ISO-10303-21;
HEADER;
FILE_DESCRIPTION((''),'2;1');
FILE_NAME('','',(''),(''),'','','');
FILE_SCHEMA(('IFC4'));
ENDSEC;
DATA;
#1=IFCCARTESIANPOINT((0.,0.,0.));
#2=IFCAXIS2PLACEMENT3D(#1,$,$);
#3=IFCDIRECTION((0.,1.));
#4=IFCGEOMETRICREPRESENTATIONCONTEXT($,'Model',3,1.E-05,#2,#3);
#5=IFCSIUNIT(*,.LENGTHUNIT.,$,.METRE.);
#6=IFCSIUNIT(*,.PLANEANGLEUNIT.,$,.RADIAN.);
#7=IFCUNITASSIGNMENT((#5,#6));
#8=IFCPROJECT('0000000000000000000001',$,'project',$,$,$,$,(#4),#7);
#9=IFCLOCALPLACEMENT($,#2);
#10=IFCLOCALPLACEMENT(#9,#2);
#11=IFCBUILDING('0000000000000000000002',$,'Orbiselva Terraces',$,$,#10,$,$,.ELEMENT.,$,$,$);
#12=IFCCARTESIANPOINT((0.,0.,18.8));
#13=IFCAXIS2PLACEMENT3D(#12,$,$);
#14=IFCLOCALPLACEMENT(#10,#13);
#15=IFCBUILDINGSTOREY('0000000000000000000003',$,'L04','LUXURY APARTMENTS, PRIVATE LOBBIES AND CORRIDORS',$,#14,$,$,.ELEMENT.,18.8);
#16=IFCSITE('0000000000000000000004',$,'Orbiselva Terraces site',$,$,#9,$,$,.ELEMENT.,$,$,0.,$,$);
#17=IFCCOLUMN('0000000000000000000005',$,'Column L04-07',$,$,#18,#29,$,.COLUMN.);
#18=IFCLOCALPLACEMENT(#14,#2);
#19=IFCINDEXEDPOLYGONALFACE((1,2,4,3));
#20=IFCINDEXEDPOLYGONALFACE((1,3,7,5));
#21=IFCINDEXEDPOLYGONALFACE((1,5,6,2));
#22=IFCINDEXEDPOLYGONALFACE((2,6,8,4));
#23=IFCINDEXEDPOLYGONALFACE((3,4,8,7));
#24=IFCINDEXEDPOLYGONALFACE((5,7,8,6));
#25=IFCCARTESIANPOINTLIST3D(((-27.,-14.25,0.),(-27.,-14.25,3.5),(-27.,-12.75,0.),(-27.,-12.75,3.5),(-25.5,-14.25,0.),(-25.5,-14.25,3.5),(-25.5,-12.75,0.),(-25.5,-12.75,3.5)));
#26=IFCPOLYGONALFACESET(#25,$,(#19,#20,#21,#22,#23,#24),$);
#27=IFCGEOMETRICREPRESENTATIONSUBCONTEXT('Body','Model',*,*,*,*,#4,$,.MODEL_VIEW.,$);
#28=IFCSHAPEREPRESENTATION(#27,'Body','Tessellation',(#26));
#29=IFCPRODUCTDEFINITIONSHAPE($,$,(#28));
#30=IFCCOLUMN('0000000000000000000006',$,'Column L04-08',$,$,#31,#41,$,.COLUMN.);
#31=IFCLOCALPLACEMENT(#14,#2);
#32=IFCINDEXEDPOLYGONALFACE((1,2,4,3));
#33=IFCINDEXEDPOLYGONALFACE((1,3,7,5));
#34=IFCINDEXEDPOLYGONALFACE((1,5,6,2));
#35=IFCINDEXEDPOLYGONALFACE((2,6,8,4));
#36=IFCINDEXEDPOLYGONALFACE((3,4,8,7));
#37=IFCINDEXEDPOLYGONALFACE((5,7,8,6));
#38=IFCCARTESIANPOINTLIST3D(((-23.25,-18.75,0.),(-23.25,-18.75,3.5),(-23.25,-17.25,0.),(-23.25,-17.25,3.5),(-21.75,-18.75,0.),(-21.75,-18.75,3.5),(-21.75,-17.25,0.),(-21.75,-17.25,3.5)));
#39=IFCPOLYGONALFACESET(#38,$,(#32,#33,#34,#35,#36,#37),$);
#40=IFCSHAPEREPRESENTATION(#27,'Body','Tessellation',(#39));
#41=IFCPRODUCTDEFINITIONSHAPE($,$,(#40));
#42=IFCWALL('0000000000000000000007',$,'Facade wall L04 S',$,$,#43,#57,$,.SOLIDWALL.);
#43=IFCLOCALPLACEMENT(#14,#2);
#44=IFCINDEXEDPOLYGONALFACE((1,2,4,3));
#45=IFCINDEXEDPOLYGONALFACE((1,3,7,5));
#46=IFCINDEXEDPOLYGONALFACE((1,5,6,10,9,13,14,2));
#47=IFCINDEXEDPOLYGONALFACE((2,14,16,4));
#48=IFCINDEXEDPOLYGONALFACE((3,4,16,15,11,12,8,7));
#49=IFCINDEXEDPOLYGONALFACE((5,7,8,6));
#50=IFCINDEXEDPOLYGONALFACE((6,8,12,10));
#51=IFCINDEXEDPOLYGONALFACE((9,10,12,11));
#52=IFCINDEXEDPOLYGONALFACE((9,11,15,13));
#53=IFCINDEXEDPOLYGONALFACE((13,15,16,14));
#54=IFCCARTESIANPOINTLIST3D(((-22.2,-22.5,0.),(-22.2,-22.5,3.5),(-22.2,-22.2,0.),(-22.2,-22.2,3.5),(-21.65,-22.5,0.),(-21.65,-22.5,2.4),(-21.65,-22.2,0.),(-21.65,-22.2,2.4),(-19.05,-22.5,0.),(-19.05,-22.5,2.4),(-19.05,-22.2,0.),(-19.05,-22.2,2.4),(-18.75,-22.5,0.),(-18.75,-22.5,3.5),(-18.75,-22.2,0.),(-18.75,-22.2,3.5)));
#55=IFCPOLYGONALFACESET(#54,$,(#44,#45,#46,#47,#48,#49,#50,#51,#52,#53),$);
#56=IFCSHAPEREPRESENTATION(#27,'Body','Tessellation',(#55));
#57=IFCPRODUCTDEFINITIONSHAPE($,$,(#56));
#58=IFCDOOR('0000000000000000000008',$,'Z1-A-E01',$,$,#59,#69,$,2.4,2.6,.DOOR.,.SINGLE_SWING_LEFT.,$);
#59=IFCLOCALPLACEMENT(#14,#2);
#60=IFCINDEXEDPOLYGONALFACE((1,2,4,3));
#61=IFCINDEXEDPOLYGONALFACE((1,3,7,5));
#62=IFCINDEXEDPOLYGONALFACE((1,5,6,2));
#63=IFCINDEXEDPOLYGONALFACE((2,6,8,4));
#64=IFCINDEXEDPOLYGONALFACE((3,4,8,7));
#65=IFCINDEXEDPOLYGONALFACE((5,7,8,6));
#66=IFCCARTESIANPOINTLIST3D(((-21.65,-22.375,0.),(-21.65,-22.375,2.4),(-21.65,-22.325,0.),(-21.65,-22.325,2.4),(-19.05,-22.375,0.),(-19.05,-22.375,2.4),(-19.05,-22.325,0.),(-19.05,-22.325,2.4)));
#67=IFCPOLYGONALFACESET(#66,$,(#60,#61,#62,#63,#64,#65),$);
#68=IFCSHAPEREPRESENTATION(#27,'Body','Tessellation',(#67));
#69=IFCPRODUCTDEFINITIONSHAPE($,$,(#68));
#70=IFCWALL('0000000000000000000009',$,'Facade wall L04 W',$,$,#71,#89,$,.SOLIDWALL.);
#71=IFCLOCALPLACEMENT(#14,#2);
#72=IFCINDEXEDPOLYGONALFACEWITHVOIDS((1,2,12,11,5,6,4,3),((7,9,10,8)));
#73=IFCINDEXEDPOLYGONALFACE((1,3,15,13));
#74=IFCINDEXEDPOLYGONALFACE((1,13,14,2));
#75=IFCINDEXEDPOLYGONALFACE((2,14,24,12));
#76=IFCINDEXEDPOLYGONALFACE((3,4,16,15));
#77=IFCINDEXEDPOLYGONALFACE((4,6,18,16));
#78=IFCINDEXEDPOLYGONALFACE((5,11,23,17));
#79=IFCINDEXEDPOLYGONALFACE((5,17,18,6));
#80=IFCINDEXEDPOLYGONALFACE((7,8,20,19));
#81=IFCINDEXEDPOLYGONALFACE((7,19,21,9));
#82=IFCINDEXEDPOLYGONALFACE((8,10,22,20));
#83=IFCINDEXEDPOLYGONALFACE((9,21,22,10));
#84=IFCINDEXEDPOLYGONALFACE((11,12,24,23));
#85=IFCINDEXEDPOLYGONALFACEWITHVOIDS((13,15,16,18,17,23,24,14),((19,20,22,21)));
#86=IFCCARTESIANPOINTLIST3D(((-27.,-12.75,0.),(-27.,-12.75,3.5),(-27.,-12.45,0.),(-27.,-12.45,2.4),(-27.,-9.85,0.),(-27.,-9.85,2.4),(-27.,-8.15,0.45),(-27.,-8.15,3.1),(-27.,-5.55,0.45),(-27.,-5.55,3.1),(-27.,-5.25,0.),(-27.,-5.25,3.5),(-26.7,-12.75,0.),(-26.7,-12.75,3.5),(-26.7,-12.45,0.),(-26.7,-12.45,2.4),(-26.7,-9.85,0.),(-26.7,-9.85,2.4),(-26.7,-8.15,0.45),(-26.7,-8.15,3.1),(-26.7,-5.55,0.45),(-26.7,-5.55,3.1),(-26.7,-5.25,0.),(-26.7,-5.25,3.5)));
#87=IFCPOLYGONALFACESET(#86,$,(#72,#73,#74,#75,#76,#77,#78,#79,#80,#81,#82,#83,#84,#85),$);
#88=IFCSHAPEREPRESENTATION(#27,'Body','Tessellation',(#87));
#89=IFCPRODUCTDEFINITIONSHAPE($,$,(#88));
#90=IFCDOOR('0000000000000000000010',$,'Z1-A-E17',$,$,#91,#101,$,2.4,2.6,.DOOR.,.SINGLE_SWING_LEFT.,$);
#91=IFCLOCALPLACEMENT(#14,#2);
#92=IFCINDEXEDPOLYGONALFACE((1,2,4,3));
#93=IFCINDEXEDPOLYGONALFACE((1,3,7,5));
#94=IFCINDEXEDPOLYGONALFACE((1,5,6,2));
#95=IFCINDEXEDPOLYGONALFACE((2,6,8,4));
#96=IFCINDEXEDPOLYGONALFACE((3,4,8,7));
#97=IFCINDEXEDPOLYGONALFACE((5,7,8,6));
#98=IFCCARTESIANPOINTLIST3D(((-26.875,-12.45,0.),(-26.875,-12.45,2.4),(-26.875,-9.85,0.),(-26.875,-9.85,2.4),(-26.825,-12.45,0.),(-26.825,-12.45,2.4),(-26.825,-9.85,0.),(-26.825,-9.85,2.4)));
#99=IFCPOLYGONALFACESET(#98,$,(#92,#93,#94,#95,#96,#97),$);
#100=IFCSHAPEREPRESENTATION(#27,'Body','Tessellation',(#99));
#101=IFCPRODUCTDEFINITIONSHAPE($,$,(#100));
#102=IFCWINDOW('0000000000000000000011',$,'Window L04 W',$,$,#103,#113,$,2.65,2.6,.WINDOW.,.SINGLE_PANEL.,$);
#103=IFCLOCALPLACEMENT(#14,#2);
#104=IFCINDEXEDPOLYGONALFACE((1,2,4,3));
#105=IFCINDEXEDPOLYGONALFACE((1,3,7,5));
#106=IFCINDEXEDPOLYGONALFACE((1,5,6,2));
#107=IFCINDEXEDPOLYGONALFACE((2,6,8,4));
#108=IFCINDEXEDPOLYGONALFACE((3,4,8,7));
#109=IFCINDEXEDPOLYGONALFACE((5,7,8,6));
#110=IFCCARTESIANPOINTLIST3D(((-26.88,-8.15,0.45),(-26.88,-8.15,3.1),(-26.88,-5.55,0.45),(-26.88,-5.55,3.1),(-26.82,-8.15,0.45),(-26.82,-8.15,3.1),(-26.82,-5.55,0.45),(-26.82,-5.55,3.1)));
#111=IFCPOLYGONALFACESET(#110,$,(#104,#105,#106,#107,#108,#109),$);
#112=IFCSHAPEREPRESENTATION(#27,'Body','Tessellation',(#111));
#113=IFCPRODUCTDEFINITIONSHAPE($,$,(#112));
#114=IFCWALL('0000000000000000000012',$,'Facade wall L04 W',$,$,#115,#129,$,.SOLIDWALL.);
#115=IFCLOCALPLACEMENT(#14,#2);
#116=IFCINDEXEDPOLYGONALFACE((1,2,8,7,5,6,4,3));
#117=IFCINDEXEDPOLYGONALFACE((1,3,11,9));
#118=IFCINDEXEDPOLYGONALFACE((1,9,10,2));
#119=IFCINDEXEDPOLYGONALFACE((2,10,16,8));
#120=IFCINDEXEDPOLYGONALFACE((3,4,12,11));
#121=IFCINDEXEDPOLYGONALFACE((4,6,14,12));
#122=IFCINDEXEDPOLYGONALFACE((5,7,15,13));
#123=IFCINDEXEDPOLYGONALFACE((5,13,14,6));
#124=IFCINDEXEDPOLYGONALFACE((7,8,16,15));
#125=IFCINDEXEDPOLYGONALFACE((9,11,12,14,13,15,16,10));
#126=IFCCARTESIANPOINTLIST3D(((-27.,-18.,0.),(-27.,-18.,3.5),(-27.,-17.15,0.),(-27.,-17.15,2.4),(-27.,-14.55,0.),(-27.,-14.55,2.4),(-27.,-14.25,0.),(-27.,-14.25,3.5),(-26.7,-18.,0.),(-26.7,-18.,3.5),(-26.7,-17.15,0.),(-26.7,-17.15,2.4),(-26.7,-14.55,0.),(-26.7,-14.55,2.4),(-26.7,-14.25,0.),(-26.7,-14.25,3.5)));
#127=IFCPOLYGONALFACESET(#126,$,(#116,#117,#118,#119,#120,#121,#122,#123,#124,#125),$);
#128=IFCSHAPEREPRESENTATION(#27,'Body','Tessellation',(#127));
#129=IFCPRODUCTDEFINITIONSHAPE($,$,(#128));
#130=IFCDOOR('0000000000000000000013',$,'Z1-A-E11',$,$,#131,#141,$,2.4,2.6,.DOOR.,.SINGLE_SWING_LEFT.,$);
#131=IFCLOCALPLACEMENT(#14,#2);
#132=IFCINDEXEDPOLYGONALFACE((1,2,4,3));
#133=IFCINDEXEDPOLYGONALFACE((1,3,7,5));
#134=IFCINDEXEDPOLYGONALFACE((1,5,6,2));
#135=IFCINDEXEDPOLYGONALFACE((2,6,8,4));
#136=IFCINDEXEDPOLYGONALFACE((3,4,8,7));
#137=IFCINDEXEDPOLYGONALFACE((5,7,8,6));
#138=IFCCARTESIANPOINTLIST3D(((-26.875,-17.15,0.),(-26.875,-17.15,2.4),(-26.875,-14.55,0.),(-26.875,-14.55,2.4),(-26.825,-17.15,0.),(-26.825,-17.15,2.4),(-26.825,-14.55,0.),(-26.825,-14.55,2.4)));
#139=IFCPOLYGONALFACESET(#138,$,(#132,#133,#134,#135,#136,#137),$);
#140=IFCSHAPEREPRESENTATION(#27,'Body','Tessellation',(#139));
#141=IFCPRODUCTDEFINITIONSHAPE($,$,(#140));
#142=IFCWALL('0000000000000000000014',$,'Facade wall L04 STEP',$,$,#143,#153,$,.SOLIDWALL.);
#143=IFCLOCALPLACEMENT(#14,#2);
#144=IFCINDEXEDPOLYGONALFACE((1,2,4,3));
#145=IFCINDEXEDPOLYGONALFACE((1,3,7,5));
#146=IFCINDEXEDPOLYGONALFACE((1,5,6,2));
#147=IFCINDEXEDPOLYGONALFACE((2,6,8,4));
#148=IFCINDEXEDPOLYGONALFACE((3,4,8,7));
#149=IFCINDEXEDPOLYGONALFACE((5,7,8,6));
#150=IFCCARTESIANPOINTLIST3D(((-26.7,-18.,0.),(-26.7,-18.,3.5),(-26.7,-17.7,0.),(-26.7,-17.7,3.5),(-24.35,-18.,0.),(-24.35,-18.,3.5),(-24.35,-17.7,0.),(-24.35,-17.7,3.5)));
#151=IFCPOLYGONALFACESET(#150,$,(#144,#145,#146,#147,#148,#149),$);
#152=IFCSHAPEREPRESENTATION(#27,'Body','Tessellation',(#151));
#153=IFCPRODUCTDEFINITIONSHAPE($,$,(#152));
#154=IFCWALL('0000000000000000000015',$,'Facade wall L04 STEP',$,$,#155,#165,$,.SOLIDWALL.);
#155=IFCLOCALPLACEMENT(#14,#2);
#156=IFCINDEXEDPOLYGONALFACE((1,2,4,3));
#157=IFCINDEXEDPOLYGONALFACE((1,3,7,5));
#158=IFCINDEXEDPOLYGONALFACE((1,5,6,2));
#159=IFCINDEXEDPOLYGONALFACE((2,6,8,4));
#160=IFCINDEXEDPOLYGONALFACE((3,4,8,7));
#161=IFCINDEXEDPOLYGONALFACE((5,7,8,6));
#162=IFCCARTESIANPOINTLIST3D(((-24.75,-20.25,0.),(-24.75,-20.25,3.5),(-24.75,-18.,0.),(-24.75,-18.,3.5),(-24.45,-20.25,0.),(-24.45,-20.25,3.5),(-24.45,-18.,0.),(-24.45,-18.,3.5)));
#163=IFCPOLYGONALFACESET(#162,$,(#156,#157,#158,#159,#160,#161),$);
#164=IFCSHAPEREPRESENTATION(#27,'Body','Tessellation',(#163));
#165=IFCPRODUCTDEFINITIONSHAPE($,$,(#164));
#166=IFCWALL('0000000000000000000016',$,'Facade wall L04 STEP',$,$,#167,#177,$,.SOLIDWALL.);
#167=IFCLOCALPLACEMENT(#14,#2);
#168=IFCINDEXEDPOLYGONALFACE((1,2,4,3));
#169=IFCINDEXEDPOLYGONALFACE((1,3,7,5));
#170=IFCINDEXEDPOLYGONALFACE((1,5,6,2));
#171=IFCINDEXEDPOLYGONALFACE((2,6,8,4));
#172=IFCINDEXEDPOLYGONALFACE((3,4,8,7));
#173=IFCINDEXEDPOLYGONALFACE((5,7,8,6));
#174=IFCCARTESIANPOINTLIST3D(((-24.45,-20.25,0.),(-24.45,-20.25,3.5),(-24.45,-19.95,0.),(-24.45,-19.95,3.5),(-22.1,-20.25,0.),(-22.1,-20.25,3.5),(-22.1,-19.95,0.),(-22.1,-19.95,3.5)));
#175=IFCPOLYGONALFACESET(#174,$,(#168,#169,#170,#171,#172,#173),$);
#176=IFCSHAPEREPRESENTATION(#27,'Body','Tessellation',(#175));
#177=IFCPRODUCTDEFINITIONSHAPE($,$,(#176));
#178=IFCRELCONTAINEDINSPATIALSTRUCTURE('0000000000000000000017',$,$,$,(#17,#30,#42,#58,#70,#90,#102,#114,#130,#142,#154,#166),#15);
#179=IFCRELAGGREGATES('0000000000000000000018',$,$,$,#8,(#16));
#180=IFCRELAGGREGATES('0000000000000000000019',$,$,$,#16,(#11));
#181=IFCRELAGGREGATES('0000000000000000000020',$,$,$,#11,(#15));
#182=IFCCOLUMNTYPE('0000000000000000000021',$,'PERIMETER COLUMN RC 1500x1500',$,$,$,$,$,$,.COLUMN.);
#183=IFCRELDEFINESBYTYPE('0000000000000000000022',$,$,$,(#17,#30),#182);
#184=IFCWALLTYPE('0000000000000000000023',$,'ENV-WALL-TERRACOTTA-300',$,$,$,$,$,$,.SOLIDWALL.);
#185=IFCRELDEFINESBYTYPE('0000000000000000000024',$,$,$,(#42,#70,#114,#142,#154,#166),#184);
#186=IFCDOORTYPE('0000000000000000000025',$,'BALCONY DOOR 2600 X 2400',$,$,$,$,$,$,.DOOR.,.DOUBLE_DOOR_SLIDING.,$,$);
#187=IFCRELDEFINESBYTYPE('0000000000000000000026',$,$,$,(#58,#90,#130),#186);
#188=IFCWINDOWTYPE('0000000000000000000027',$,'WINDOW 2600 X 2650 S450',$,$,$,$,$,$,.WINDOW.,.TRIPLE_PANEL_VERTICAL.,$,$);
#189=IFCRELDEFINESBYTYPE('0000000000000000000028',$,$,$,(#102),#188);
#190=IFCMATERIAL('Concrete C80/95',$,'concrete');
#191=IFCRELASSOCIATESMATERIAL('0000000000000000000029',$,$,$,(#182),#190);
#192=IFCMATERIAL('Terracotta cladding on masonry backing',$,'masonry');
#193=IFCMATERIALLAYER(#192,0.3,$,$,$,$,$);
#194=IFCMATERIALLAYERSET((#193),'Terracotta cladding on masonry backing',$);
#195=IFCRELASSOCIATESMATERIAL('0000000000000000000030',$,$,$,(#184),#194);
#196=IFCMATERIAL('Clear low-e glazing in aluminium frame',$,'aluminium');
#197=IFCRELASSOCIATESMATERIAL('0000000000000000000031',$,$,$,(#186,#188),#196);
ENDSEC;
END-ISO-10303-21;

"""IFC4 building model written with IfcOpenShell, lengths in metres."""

from ifc_helpers import new_model, si_unit, direction, frame, frame_2d, origin, origin_2d, place, context, subcontext, project, spatial, rectangle, extrude, material, layer, layer_set, material_profile, profile_set, type_object, element, fill, save


model = new_model("IFC4")

# Units and contexts
model_context = context("Model", 3, precision=1e-05, world=origin(), true_north=direction((0.0, 1.0)))
body_context = subcontext(model_context, "Body", "Model", "MODEL_VIEW")
ifc_project = project(units=[si_unit("LENGTHUNIT", "METRE"), si_unit("PLANEANGLEUNIT", "RADIAN")], contexts=[model_context])

# Site, building, storey
site_placement = place(None, origin())
site = spatial("IfcSite", under=ifc_project, at=site_placement, Name="Orbiselva Terraces site", CompositionType="ELEMENT", RefElevation=0.0)
building_placement = place(site_placement, origin())
building = spatial("IfcBuilding", under=site, at=building_placement, Name="Orbiselva Terraces", CompositionType="ELEMENT")
storey_placement = place(building_placement, frame((0.0, 0.0, 18.8)))
storey = spatial("IfcBuildingStorey", under=building, at=storey_placement, Name="L04", Description="LUXURY APARTMENTS, PRIVATE LOBBIES AND CORRIDORS", CompositionType="ELEMENT", Elevation=18.8)

# Columns
ifc_material_1 = material(Name="Concrete C80/95", Category="concrete")
ifc_material_profile = material_profile(ifc_material_1, rectangle(XDim=1.5, YDim=1.5, at=origin_2d()), Name="RC 1500x1500")
ifc_profile_set = profile_set([ifc_material_profile], Name="Concrete C80/95")
column_type = type_object("IfcColumnType", Name="PERIMETER COLUMN RC 1500x1500", PredefinedType="COLUMN", material=ifc_profile_set)
for number, where, z_axis, x_axis, name in (
    (1, (-26.25, -13.5, 0.0), (0.0, 0.0, 1.0), (1.0, 0.0, 0.0), "Column L04-07"),
    (2, (-22.5, -18.0, 0.0), (0.0, 0.0, 1.0), (1.0, 0.0, 0.0), "Column L04-08"),
):
    element("IfcColumn", number, at=place(storey_placement, frame(where, z_axis=z_axis, x_axis=x_axis)), inside=storey, type_object=column_type, Name=name, PredefinedType="COLUMN", context=body_context, shape_type="SweptSolid", body=[
        extrude(rectangle(XDim=1.5, YDim=1.5, at=origin_2d()), origin(), (0.0, 0.0, 1.0), 3.5),
    ])

# Wall, opening, door
ifc_material_2 = material(Name="Terracotta cladding on masonry backing", Category="masonry")
ifc_layer_1 = layer(ifc_material_2, 0.3)
ifc_layer_set_1 = layer_set([ifc_layer_1], Name="Terracotta cladding on masonry backing")
wall_type_1 = type_object("IfcWallType", Name="ENV-WALL-TERRACOTTA-300", PredefinedType="SOLIDWALL", material=ifc_layer_set_1)
wall_1_placement = place(storey_placement, frame((-18.75, -22.35, 0.0), z_axis=(0.0, 0.0, 1.0), x_axis=(-1.0, 0.0, 0.0)))
wall_1 = element("IfcWall", 3, at=wall_1_placement, inside=storey, type_object=wall_type_1, Name="Facade wall L04 S", PredefinedType="SOLIDWALL", context=body_context, shape_type="SweptSolid", body=[
    extrude(rectangle(XDim=3.45, YDim=0.3, at=frame_2d((1.725, 0.0))), origin(), (0.0, 0.0, 1.0), 3.5),
])
opening_1_placement = place(wall_1_placement, frame((0.3, 0.0, 0.0)))
opening_1 = element("IfcOpeningElement", 4, at=opening_1_placement, cuts=wall_1, PredefinedType="OPENING", context=body_context, shape_type="SweptSolid", body=[
    extrude(rectangle(XDim=2.6, YDim=2.4, at=frame_2d((1.3, 1.2))), frame((0.0, 0.16, 0.0), z_axis=(0.0, -1.0, 0.0), x_axis=(1.0, 0.0, 0.0)), (0.0, 0.0, 1.0), 0.32),
])
ifc_material_3 = material(Name="Clear low-e glazing in aluminium frame", Category="aluminium")
door_type_1 = type_object("IfcDoorType", Name="BALCONY DOOR 2600 X 2400", OperationType="DOUBLE_DOOR_SLIDING", PredefinedType="DOOR", material=ifc_material_3)
door_1_placement = place(opening_1_placement, origin())
door_1 = element("IfcDoor", 5, at=door_1_placement, inside=storey, type_object=door_type_1, Name="Z1-A-E01", OperationType="SINGLE_SWING_LEFT", OverallHeight=2.4, OverallWidth=2.6, PredefinedType="DOOR", context=body_context, shape_type="SweptSolid", body=[
    extrude(rectangle(XDim=2.6, YDim=2.4, at=frame_2d((1.3, 1.2))), frame((0.0, 0.025, 0.0), z_axis=(0.0, -1.0, 0.0), x_axis=(1.0, 0.0, 0.0)), (0.0, 0.0, 1.0), 0.05),
])
fill(opening_1, door_1)

# Wall, openings, door, window
wall_2_placement = place(storey_placement, frame((-26.85, -12.75, 0.0), z_axis=(0.0, 0.0, 1.0), x_axis=(0.0, 1.0, 0.0)))
wall_2 = element("IfcWall", 6, at=wall_2_placement, inside=storey, type_object=wall_type_1, Name="Facade wall L04 W", PredefinedType="SOLIDWALL", context=body_context, shape_type="SweptSolid", body=[
    extrude(rectangle(XDim=7.5, YDim=0.3, at=frame_2d((3.75, 0.0))), origin(), (0.0, 0.0, 1.0), 3.5),
])
opening_2_placement = place(wall_2_placement, frame((4.6, 0.0, 0.45)))
opening_2 = element("IfcOpeningElement", 7, at=opening_2_placement, cuts=wall_2, PredefinedType="OPENING", context=body_context, shape_type="SweptSolid", body=[
    extrude(rectangle(XDim=2.6, YDim=2.65, at=frame_2d((1.3, 1.325))), frame((0.0, 0.16, 0.0), z_axis=(0.0, -1.0, 0.0), x_axis=(1.0, 0.0, 0.0)), (0.0, 0.0, 1.0), 0.32),
])
opening_3_placement = place(wall_2_placement, frame((0.3, 0.0, 0.0)))
opening_3 = element("IfcOpeningElement", 8, at=opening_3_placement, cuts=wall_2, PredefinedType="OPENING", context=body_context, shape_type="SweptSolid", body=[
    extrude(rectangle(XDim=2.6, YDim=2.4, at=frame_2d((1.3, 1.2))), frame((0.0, 0.16, 0.0), z_axis=(0.0, -1.0, 0.0), x_axis=(1.0, 0.0, 0.0)), (0.0, 0.0, 1.0), 0.32),
])
door_2_placement = place(opening_3_placement, origin())
door_2 = element("IfcDoor", 9, at=door_2_placement, inside=storey, type_object=door_type_1, Name="Z1-A-E17", OperationType="SINGLE_SWING_LEFT", OverallHeight=2.4, OverallWidth=2.6, PredefinedType="DOOR", context=body_context, shape_type="SweptSolid", body=[
    extrude(rectangle(XDim=2.6, YDim=2.4, at=frame_2d((1.3, 1.2))), frame((0.0, 0.025, 0.0), z_axis=(0.0, -1.0, 0.0), x_axis=(1.0, 0.0, 0.0)), (0.0, 0.0, 1.0), 0.05),
])
fill(opening_3, door_2)
window_type = type_object("IfcWindowType", Name="WINDOW 2600 X 2650 S450", PartitioningType="TRIPLE_PANEL_VERTICAL", PredefinedType="WINDOW", material=ifc_material_3)
window_placement = place(opening_2_placement, origin())
window = element("IfcWindow", 10, at=window_placement, inside=storey, type_object=window_type, Name="Window L04 W", OverallHeight=2.65, OverallWidth=2.6, PartitioningType="SINGLE_PANEL", PredefinedType="WINDOW", context=body_context, shape_type="SweptSolid", body=[
    extrude(rectangle(XDim=2.6, YDim=2.65, at=frame_2d((1.3, 1.325))), frame((0.0, 0.03, 0.0), z_axis=(0.0, -1.0, 0.0), x_axis=(1.0, 0.0, 0.0)), (0.0, 0.0, 1.0), 0.06),
])
fill(opening_2, window)

# Wall, opening, door
wall_3_placement = place(storey_placement, frame((-26.85, -18.0, 0.0), z_axis=(0.0, 0.0, 1.0), x_axis=(0.0, 1.0, 0.0)))
wall_3 = element("IfcWall", 11, at=wall_3_placement, inside=storey, type_object=wall_type_1, Name="Facade wall L04 W", PredefinedType="SOLIDWALL", context=body_context, shape_type="SweptSolid", body=[
    extrude(rectangle(XDim=3.75, YDim=0.3, at=frame_2d((1.875, 0.0))), origin(), (0.0, 0.0, 1.0), 3.5),
])
opening_4_placement = place(wall_3_placement, frame((0.85, 0.0, 0.0)))
opening_4 = element("IfcOpeningElement", 12, at=opening_4_placement, cuts=wall_3, PredefinedType="OPENING", context=body_context, shape_type="SweptSolid", body=[
    extrude(rectangle(XDim=2.6, YDim=2.4, at=frame_2d((1.3, 1.2))), frame((0.0, 0.16, 0.0), z_axis=(0.0, -1.0, 0.0), x_axis=(1.0, 0.0, 0.0)), (0.0, 0.0, 1.0), 0.32),
])
door_3_placement = place(opening_4_placement, origin())
door_3 = element("IfcDoor", 13, at=door_3_placement, inside=storey, type_object=door_type_1, Name="Z1-A-E11", OperationType="SINGLE_SWING_LEFT", OverallHeight=2.4, OverallWidth=2.6, PredefinedType="DOOR", context=body_context, shape_type="SweptSolid", body=[
    extrude(rectangle(XDim=2.6, YDim=2.4, at=frame_2d((1.3, 1.2))), frame((0.0, 0.025, 0.0), z_axis=(0.0, -1.0, 0.0), x_axis=(1.0, 0.0, 0.0)), (0.0, 0.0, 1.0), 0.05),
])
fill(opening_4, door_3)

# Walls
wall_4_placement = place(storey_placement, frame((-24.35, -17.85, 0.0), z_axis=(0.0, 0.0, 1.0), x_axis=(-1.0, 0.0, 0.0)))
element("IfcWall", 14, at=wall_4_placement, inside=storey, type_object=wall_type_1, Name="Facade wall L04 STEP", PredefinedType="SOLIDWALL", context=body_context, shape_type="SweptSolid", body=[
    extrude(rectangle(XDim=2.35, YDim=0.3, at=frame_2d((1.175, 0.0))), origin(), (0.0, 0.0, 1.0), 3.5),
])
wall_5_placement = place(storey_placement, frame((-24.6, -20.25, 0.0), z_axis=(0.0, 0.0, 1.0), x_axis=(0.0, 1.0, 0.0)))
element("IfcWall", 15, at=wall_5_placement, inside=storey, type_object=wall_type_1, Name="Facade wall L04 STEP", PredefinedType="SOLIDWALL", context=body_context, shape_type="SweptSolid", body=[
    extrude(rectangle(XDim=2.25, YDim=0.3, at=frame_2d((1.125, 0.0))), origin(), (0.0, 0.0, 1.0), 3.5),
])
wall_6_placement = place(storey_placement, frame((-22.1, -20.1, 0.0), z_axis=(0.0, 0.0, 1.0), x_axis=(-1.0, 0.0, 0.0)))
element("IfcWall", 16, at=wall_6_placement, inside=storey, type_object=wall_type_1, Name="Facade wall L04 STEP", PredefinedType="SOLIDWALL", context=body_context, shape_type="SweptSolid", body=[
    extrude(rectangle(XDim=2.35, YDim=0.3, at=frame_2d((1.175, 0.0))), origin(), (0.0, 0.0, 1.0), 3.5),
])

save(model, "model.ifc")
